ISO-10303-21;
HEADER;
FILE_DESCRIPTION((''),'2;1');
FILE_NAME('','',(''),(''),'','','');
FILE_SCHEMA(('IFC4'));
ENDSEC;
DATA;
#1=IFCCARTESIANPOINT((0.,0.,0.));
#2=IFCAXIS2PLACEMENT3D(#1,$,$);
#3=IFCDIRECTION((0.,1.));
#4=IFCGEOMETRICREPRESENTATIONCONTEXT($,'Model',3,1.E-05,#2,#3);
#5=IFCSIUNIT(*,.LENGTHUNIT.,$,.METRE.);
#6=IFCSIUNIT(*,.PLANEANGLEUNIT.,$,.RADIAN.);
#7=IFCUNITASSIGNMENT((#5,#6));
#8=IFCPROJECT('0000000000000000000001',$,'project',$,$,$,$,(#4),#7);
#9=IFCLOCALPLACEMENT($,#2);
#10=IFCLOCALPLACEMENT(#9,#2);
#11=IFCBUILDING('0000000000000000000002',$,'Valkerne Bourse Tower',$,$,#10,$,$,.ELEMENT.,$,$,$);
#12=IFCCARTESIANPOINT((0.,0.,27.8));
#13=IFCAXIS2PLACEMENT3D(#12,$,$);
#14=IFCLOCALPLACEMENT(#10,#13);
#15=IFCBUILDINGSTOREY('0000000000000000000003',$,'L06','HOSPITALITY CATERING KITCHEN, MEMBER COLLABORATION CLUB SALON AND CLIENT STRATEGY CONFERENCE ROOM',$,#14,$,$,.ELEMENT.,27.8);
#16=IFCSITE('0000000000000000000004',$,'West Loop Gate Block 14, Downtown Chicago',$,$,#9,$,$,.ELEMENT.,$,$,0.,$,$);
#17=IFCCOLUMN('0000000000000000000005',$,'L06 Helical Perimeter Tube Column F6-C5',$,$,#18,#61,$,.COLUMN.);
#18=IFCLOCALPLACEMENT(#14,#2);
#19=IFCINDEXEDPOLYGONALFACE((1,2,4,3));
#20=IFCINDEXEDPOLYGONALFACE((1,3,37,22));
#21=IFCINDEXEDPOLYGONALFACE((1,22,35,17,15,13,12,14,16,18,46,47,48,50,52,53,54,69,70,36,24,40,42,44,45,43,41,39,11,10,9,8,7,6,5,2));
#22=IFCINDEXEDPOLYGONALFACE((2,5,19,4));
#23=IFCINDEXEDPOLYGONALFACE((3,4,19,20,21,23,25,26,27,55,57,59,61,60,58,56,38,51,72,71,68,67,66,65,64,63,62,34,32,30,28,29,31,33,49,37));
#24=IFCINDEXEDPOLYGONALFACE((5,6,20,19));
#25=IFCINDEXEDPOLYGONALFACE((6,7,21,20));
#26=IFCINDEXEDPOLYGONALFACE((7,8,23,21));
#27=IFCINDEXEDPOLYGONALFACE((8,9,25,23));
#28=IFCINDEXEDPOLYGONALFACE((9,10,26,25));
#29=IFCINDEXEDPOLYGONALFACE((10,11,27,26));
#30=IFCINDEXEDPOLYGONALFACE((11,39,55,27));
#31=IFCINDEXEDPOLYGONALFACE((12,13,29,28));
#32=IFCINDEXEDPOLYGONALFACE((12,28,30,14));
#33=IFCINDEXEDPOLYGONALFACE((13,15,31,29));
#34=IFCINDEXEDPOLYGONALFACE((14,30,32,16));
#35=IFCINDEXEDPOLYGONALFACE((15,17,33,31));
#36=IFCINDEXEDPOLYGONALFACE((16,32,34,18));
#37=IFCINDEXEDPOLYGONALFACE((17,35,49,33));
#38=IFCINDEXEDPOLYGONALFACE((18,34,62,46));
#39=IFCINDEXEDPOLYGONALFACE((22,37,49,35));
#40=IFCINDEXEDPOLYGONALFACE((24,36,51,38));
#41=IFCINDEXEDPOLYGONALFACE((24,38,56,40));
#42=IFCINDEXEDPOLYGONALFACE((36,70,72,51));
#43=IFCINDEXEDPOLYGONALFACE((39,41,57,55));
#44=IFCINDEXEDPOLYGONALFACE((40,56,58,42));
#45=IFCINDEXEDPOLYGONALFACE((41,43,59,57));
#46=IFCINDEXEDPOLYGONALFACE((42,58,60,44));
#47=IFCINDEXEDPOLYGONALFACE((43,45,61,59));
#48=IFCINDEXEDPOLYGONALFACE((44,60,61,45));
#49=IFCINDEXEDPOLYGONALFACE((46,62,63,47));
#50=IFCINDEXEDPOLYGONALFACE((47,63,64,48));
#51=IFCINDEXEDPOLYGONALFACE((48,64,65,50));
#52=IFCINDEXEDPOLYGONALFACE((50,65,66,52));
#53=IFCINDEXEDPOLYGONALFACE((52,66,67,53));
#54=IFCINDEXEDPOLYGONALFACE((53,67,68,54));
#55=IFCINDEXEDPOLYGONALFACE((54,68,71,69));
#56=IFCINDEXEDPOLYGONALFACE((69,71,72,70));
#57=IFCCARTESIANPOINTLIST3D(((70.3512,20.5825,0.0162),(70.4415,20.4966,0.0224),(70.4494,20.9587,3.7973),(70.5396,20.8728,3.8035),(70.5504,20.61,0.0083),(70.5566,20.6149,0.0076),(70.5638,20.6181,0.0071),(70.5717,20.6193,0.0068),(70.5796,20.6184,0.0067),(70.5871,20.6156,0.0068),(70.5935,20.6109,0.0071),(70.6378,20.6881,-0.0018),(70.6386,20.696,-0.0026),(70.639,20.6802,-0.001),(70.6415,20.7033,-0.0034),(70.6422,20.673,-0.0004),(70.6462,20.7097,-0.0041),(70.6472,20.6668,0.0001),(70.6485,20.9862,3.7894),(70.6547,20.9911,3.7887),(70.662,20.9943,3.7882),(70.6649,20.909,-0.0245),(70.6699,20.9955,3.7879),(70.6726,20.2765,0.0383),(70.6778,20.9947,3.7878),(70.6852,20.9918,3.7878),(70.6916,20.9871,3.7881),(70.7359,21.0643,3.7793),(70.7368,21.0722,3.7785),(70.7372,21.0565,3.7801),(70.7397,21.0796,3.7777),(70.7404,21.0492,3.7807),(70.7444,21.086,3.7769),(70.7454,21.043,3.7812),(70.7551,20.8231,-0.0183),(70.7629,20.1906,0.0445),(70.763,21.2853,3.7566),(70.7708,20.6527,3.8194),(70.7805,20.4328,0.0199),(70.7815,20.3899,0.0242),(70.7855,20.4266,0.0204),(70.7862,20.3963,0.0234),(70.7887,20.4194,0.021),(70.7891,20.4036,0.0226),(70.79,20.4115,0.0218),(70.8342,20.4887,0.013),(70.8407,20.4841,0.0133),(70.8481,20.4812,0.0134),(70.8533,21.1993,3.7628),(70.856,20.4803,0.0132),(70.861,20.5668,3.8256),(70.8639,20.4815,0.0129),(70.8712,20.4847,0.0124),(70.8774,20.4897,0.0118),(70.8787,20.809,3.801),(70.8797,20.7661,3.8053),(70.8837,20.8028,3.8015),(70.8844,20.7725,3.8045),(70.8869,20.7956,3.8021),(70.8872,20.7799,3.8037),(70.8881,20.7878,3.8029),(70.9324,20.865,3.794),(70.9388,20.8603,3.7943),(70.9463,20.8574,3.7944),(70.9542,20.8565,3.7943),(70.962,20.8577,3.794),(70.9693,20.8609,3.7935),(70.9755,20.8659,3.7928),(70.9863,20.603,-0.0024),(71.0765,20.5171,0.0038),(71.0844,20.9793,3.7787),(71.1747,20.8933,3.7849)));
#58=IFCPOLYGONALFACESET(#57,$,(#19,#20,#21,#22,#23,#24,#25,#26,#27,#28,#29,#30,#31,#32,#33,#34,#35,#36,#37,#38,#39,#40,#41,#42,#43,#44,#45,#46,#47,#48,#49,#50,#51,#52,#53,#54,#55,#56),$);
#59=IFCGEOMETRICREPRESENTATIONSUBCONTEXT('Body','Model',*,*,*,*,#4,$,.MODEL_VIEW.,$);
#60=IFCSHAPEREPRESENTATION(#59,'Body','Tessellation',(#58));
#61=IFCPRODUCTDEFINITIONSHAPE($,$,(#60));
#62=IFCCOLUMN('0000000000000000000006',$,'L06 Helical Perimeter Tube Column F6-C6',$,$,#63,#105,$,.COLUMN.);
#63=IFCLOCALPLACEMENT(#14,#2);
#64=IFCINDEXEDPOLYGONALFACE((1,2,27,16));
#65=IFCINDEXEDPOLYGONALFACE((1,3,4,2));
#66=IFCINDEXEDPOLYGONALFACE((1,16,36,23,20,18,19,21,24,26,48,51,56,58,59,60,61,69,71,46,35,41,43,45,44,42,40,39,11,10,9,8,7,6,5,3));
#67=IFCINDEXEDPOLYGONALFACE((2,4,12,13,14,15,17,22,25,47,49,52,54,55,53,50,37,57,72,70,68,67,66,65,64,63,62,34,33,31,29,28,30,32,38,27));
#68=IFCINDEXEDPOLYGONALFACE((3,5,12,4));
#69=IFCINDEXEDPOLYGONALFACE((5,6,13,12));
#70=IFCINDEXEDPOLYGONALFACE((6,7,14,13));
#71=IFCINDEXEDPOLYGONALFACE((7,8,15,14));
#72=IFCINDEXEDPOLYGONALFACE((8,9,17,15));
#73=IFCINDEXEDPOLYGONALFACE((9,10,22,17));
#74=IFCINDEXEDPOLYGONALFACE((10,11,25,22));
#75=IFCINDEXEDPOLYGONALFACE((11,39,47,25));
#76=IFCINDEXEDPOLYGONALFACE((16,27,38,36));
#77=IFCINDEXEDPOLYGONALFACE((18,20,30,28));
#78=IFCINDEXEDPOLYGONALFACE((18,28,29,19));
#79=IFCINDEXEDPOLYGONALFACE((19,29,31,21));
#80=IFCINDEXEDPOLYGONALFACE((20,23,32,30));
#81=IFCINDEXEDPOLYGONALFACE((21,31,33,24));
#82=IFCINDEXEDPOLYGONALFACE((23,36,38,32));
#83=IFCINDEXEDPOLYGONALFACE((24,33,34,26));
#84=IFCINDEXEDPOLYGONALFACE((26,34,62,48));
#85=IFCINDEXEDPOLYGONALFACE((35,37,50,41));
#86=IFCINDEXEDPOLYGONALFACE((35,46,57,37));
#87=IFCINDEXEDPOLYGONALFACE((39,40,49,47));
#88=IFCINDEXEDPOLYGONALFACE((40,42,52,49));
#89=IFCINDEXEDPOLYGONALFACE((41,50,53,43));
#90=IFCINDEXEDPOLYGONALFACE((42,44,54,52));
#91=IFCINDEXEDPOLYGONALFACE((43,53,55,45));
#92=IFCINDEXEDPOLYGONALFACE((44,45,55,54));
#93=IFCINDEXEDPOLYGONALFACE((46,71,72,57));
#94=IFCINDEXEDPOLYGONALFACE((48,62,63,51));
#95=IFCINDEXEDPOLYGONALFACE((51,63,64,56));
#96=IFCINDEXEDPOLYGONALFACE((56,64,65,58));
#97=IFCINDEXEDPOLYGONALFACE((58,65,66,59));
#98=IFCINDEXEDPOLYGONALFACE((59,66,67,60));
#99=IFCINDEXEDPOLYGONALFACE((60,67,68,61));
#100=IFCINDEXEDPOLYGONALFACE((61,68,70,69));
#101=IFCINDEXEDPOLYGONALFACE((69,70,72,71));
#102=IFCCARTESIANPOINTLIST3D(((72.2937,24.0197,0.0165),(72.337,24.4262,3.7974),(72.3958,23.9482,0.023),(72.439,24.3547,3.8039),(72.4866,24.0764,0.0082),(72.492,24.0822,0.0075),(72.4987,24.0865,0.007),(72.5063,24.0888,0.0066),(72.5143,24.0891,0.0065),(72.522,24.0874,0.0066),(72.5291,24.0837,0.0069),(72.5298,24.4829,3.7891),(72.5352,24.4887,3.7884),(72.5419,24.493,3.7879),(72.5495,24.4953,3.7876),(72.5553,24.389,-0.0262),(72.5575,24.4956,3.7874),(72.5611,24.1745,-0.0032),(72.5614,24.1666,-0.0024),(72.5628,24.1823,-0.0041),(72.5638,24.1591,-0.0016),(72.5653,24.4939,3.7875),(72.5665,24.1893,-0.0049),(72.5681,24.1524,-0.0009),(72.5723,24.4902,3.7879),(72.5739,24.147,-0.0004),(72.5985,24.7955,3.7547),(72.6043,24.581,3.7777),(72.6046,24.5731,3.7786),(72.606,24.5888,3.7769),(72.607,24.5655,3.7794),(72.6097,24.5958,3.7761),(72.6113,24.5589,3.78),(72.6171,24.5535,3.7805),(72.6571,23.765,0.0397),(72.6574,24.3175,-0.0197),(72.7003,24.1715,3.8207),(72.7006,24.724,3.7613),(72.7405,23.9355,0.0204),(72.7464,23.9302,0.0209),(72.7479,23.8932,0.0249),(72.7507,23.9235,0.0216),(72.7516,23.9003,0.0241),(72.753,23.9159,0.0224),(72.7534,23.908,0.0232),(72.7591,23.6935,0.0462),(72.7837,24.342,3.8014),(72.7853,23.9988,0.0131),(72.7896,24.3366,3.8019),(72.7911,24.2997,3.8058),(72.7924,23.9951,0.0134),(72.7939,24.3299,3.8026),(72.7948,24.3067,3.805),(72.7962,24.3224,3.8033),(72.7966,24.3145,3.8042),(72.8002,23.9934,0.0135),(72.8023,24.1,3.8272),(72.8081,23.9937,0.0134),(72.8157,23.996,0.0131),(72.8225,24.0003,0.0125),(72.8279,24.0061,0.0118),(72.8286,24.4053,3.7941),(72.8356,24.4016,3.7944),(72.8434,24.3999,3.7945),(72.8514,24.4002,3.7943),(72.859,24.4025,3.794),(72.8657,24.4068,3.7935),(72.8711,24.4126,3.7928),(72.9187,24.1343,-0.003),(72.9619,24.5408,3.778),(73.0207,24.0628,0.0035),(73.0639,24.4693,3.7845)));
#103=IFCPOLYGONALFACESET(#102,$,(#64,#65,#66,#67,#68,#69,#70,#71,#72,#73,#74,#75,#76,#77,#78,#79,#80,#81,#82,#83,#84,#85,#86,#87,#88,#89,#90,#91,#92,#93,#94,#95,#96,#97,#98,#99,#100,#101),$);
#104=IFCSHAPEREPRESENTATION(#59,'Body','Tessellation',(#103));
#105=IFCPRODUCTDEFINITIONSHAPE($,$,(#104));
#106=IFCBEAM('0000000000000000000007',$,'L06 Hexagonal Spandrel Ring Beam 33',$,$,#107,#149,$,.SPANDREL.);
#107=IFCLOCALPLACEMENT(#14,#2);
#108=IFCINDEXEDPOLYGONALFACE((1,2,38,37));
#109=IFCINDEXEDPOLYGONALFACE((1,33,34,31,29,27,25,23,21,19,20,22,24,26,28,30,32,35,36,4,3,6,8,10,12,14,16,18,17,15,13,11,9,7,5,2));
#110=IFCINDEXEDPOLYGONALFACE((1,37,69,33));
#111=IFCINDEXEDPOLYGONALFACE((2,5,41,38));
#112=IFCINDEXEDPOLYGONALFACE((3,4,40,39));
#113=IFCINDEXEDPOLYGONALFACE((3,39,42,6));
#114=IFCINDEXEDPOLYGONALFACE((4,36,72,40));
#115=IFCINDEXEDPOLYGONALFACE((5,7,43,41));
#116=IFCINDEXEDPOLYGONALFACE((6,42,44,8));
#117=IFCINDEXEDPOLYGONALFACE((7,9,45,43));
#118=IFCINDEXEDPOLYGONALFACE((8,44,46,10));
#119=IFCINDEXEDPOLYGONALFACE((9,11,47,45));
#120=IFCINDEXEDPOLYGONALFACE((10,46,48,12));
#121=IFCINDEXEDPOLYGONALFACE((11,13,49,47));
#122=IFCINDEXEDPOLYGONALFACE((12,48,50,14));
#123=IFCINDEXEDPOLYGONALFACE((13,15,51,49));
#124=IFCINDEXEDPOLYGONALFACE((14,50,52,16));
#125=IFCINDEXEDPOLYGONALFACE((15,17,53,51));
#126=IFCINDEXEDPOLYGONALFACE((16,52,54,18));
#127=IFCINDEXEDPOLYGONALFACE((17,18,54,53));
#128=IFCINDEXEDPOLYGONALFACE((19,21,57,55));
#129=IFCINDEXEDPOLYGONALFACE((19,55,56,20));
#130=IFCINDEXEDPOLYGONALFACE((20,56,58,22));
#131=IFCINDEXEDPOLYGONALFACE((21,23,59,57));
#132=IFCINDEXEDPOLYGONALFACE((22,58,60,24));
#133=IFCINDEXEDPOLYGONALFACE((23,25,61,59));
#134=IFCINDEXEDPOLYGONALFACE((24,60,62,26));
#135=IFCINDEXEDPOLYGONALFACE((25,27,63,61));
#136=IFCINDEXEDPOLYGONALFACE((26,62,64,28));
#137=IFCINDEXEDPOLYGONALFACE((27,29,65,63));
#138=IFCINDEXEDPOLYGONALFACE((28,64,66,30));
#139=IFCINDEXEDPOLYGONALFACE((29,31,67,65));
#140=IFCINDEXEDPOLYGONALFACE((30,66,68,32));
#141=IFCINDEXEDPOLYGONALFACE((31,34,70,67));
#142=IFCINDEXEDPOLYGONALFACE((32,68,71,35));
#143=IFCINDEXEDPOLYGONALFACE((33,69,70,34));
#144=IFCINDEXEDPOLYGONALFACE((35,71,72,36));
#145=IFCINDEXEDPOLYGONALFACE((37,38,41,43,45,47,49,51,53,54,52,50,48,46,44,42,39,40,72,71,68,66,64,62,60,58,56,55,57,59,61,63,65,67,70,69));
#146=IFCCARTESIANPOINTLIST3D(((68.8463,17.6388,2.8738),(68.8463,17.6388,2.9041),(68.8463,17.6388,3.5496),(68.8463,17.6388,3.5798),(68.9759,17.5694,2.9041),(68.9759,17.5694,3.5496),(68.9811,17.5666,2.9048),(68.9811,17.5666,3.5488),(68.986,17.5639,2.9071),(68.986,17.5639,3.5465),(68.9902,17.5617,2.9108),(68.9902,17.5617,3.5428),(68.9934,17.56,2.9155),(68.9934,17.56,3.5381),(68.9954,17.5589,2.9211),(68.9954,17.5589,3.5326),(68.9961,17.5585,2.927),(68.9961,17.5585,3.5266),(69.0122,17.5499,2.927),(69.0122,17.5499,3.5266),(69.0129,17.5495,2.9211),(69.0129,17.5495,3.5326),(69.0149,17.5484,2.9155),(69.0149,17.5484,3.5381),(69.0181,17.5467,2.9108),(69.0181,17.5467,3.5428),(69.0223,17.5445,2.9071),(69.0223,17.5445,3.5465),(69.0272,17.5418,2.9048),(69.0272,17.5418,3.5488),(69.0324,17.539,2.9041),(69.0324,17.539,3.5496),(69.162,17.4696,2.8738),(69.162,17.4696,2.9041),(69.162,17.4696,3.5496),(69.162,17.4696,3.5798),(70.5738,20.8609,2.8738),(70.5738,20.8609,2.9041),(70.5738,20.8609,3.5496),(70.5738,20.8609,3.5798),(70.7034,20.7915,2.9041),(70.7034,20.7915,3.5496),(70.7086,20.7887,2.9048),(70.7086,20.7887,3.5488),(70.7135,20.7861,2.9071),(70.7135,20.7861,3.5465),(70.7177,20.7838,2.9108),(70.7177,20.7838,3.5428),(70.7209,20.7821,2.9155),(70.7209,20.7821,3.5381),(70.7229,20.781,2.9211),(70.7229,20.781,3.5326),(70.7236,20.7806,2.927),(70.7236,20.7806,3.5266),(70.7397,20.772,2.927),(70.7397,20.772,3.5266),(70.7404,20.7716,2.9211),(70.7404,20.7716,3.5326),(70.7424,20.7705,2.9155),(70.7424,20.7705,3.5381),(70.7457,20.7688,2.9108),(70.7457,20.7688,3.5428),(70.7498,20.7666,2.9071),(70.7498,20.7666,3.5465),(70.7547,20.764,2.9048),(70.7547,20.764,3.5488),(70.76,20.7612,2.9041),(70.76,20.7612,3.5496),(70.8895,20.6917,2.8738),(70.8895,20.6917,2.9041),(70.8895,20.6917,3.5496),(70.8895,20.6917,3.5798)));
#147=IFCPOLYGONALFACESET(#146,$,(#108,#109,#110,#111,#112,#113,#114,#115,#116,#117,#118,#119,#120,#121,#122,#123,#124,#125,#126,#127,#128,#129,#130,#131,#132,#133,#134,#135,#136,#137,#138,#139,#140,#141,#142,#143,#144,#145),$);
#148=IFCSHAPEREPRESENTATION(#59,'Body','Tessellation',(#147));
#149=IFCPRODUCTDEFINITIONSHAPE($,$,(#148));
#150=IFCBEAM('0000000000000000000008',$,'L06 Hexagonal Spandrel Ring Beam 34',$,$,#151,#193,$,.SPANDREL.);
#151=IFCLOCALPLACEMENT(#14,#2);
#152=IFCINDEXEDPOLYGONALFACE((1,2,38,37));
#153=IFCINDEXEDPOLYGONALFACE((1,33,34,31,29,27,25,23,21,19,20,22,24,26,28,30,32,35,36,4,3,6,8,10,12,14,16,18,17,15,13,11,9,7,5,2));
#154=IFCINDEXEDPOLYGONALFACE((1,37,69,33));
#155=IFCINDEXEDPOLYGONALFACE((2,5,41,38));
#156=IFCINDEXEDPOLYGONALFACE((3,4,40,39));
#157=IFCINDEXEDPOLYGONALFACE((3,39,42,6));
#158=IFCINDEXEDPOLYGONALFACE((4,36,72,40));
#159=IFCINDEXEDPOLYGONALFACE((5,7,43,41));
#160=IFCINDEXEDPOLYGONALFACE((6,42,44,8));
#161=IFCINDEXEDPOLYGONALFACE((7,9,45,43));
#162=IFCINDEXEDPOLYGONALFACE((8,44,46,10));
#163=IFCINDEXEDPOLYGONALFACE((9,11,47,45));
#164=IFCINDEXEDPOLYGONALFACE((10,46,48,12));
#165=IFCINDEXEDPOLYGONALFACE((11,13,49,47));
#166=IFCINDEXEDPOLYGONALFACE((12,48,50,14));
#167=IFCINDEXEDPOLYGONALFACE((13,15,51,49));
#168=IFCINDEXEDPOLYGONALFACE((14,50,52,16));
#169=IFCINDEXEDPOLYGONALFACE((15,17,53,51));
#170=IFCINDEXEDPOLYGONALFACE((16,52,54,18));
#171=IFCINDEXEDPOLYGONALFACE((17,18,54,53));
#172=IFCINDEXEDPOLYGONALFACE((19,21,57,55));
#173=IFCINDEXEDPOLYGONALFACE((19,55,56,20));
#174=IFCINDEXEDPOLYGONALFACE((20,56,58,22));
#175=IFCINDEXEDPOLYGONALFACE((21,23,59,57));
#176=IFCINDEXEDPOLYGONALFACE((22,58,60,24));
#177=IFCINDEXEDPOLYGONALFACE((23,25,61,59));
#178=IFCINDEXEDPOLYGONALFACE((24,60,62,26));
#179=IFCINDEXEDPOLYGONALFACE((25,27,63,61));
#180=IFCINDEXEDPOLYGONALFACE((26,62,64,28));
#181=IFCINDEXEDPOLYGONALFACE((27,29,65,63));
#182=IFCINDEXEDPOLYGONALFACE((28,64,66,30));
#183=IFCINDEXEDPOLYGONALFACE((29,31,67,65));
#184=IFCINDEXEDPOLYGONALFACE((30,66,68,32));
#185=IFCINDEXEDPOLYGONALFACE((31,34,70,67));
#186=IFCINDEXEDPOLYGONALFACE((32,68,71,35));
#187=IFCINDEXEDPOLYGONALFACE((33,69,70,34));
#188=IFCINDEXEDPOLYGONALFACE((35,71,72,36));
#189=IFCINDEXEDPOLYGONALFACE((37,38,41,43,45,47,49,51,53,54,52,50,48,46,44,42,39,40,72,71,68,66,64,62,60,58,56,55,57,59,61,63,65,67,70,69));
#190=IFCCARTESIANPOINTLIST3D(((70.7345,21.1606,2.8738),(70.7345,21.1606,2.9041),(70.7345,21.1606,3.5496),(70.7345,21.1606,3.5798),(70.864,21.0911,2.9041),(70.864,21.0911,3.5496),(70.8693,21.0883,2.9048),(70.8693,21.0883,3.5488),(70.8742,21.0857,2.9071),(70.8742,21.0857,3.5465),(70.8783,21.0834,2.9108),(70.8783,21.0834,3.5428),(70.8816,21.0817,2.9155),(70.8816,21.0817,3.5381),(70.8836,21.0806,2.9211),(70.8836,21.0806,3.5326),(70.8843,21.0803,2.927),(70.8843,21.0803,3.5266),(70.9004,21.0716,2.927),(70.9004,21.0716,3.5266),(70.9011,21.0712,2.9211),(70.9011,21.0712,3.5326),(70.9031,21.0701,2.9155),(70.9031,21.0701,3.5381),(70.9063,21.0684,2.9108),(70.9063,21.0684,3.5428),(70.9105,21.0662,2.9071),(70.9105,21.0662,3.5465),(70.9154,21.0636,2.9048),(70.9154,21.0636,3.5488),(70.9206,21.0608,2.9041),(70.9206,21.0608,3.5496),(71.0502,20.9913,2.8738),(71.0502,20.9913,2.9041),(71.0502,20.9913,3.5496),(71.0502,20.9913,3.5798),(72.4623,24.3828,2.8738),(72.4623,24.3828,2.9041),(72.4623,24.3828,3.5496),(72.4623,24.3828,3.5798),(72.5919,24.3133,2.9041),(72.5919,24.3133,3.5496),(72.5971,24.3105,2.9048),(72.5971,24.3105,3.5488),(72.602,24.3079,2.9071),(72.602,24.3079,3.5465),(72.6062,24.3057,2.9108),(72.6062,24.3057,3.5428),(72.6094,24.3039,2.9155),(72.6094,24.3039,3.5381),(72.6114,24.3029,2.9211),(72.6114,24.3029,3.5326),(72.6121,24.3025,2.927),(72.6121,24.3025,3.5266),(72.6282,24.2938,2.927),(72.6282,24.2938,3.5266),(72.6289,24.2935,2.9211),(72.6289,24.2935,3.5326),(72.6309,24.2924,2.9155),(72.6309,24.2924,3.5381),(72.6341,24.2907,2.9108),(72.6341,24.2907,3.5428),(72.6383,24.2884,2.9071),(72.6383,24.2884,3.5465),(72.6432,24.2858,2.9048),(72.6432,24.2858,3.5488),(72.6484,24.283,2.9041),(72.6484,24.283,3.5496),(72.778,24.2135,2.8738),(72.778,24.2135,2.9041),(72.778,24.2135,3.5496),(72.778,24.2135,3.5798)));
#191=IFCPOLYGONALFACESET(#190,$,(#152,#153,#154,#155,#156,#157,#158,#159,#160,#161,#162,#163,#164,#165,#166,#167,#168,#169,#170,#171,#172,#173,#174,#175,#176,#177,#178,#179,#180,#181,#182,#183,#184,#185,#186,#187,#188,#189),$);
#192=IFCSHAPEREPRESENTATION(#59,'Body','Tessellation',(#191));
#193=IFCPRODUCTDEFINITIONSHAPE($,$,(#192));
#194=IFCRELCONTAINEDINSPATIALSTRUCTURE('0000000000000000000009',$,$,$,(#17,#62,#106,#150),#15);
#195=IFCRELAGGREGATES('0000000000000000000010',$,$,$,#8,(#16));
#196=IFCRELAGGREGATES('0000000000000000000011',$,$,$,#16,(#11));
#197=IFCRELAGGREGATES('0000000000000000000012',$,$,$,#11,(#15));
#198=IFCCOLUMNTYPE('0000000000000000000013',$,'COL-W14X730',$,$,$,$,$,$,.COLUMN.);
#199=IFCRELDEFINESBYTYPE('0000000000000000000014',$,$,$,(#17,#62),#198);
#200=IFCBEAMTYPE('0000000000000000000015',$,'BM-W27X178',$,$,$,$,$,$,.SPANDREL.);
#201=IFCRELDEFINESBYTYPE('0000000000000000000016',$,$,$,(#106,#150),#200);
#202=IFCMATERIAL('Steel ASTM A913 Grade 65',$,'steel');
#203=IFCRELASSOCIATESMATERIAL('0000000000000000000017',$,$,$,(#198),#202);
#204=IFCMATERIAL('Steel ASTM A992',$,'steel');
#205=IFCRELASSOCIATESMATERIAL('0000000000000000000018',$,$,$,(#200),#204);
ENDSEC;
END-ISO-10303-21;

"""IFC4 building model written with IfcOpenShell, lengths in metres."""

from ifc_helpers import new_model, si_unit, direction, frame, origin, origin_2d, place, context, subcontext, project, spatial, i_section, extrude, material, material_profile, profile_set, type_object, element, save


model = new_model("IFC4")

# Units and contexts
model_context = context("Model", 3, precision=1e-05, world=origin(), true_north=direction((0.0, 1.0)))
body_context = subcontext(model_context, "Body", "Model", "MODEL_VIEW")
ifc_project = project(units=[si_unit("LENGTHUNIT", "METRE"), si_unit("PLANEANGLEUNIT", "RADIAN")], contexts=[model_context])

# Site, building, storey
site_placement = place(None, origin())
site = spatial("IfcSite", under=ifc_project, at=site_placement, Name="West Loop Gate Block 14, Downtown Chicago", CompositionType="ELEMENT", RefElevation=0.0)
building_placement = place(site_placement, origin())
building = spatial("IfcBuilding", under=site, at=building_placement, Name="Valkerne Bourse Tower", CompositionType="ELEMENT")
storey_placement = place(building_placement, frame((0.0, 0.0, 27.8)))
storey = spatial("IfcBuildingStorey", under=building, at=storey_placement, Name="L06", Description="HOSPITALITY CATERING KITCHEN, MEMBER COLLABORATION CLUB SALON AND CLIENT STRATEGY CONFERENCE ROOM", CompositionType="ELEMENT", Elevation=27.8)

# Columns
ifc_material_1 = material(Name="Steel ASTM A913 Grade 65", Category="steel")
ifc_material_profile_1 = material_profile(ifc_material_1, i_section(OverallWidth=0.4546, OverallDepth=0.5691, WebThickness=0.0779, FlangeThickness=0.1248, FilletRadius=0.0305, at=origin_2d()), Name="W14X730")
ifc_profile_set_1 = profile_set([ifc_material_profile_1], Name="Steel ASTM A913 Grade 65")
column_type = type_object("IfcColumnType", Name="COL-W14X730", PredefinedType="COLUMN", material=ifc_profile_set_1)
column_1_placement = place(storey_placement, frame((70.7139, 20.5498, 0.01), z_axis=(0.025821, 0.098981, 0.994754), x_axis=(-0.689989, -0.71828, 0.089381)))
element("IfcColumn", 1, at=column_1_placement, inside=storey, type_object=column_type, Name="L06 Helical Perimeter Tube Column F6-C5", PredefinedType="COLUMN", context=body_context, shape_type="SweptSolid", body=[
    extrude(i_section(OverallWidth=0.4546, OverallDepth=0.5691, WebThickness=0.0779, FlangeThickness=0.1248, FilletRadius=0.0305, at=origin_2d()), origin(), (0.0, 0.0, 1.0), 3.801),
])
column_2_placement = place(storey_placement, frame((72.6572, 24.0413, 0.01), z_axis=(0.011363, 0.106887, 0.994206), x_axis=(-0.575442, -0.812432, 0.093921)))
element("IfcColumn", 2, at=column_2_placement, inside=storey, type_object=column_type, Name="L06 Helical Perimeter Tube Column F6-C6", PredefinedType="COLUMN", context=body_context, shape_type="SweptSolid", body=[
    extrude(i_section(OverallWidth=0.4546, OverallDepth=0.5691, WebThickness=0.0779, FlangeThickness=0.1248, FilletRadius=0.0305, at=origin_2d()), origin(), (0.0, 0.0, 1.0), 3.803),
])

# Beams
ifc_material_2 = material(Name="Steel ASTM A992", Category="steel")
ifc_material_profile_2 = material_profile(ifc_material_2, i_section(OverallWidth=0.3582, OverallDepth=0.7061, WebThickness=0.0183, FlangeThickness=0.0303, FilletRadius=0.0229, at=origin_2d()), Name="W27X178")
ifc_profile_set_2 = profile_set([ifc_material_profile_2], Name="Steel ASTM A992")
beam_type_1 = type_object("IfcBeamType", Name="BM-W27X178", PredefinedType="SPANDREL", material=ifc_profile_set_2)
beam_1_placement = place(storey_placement, frame((69.0042, 17.5542, 3.2268), z_axis=(0.472514, 0.881323, 0.0), x_axis=(-0.881323, 0.472514, 0.0)))
element("IfcBeam", 3, at=beam_1_placement, inside=storey, type_object=beam_type_1, Name="L06 Hexagonal Spandrel Ring Beam 33", PredefinedType="SPANDREL", context=body_context, shape_type="SweptSolid", body=[
    extrude(i_section(OverallWidth=0.3582, OverallDepth=0.7061, WebThickness=0.0183, FlangeThickness=0.0303, FilletRadius=0.0229, at=origin_2d()), origin(), (0.0, 0.0, 1.0), 3.656),
])
beam_2_placement = place(storey_placement, frame((70.8923, 21.0759, 3.2268), z_axis=(0.472566, 0.881295, 0.0), x_axis=(-0.881295, 0.472566, 0.0)))
element("IfcBeam", 4, at=beam_2_placement, inside=storey, type_object=beam_type_1, Name="L06 Hexagonal Spandrel Ring Beam 34", PredefinedType="SPANDREL", context=body_context, shape_type="SweptSolid", body=[
    extrude(i_section(OverallWidth=0.3582, OverallDepth=0.7061, WebThickness=0.0183, FlangeThickness=0.0303, FilletRadius=0.0229, at=origin_2d()), origin(), (0.0, 0.0, 1.0), 3.6562),
])

save(model, "model.ifc")
